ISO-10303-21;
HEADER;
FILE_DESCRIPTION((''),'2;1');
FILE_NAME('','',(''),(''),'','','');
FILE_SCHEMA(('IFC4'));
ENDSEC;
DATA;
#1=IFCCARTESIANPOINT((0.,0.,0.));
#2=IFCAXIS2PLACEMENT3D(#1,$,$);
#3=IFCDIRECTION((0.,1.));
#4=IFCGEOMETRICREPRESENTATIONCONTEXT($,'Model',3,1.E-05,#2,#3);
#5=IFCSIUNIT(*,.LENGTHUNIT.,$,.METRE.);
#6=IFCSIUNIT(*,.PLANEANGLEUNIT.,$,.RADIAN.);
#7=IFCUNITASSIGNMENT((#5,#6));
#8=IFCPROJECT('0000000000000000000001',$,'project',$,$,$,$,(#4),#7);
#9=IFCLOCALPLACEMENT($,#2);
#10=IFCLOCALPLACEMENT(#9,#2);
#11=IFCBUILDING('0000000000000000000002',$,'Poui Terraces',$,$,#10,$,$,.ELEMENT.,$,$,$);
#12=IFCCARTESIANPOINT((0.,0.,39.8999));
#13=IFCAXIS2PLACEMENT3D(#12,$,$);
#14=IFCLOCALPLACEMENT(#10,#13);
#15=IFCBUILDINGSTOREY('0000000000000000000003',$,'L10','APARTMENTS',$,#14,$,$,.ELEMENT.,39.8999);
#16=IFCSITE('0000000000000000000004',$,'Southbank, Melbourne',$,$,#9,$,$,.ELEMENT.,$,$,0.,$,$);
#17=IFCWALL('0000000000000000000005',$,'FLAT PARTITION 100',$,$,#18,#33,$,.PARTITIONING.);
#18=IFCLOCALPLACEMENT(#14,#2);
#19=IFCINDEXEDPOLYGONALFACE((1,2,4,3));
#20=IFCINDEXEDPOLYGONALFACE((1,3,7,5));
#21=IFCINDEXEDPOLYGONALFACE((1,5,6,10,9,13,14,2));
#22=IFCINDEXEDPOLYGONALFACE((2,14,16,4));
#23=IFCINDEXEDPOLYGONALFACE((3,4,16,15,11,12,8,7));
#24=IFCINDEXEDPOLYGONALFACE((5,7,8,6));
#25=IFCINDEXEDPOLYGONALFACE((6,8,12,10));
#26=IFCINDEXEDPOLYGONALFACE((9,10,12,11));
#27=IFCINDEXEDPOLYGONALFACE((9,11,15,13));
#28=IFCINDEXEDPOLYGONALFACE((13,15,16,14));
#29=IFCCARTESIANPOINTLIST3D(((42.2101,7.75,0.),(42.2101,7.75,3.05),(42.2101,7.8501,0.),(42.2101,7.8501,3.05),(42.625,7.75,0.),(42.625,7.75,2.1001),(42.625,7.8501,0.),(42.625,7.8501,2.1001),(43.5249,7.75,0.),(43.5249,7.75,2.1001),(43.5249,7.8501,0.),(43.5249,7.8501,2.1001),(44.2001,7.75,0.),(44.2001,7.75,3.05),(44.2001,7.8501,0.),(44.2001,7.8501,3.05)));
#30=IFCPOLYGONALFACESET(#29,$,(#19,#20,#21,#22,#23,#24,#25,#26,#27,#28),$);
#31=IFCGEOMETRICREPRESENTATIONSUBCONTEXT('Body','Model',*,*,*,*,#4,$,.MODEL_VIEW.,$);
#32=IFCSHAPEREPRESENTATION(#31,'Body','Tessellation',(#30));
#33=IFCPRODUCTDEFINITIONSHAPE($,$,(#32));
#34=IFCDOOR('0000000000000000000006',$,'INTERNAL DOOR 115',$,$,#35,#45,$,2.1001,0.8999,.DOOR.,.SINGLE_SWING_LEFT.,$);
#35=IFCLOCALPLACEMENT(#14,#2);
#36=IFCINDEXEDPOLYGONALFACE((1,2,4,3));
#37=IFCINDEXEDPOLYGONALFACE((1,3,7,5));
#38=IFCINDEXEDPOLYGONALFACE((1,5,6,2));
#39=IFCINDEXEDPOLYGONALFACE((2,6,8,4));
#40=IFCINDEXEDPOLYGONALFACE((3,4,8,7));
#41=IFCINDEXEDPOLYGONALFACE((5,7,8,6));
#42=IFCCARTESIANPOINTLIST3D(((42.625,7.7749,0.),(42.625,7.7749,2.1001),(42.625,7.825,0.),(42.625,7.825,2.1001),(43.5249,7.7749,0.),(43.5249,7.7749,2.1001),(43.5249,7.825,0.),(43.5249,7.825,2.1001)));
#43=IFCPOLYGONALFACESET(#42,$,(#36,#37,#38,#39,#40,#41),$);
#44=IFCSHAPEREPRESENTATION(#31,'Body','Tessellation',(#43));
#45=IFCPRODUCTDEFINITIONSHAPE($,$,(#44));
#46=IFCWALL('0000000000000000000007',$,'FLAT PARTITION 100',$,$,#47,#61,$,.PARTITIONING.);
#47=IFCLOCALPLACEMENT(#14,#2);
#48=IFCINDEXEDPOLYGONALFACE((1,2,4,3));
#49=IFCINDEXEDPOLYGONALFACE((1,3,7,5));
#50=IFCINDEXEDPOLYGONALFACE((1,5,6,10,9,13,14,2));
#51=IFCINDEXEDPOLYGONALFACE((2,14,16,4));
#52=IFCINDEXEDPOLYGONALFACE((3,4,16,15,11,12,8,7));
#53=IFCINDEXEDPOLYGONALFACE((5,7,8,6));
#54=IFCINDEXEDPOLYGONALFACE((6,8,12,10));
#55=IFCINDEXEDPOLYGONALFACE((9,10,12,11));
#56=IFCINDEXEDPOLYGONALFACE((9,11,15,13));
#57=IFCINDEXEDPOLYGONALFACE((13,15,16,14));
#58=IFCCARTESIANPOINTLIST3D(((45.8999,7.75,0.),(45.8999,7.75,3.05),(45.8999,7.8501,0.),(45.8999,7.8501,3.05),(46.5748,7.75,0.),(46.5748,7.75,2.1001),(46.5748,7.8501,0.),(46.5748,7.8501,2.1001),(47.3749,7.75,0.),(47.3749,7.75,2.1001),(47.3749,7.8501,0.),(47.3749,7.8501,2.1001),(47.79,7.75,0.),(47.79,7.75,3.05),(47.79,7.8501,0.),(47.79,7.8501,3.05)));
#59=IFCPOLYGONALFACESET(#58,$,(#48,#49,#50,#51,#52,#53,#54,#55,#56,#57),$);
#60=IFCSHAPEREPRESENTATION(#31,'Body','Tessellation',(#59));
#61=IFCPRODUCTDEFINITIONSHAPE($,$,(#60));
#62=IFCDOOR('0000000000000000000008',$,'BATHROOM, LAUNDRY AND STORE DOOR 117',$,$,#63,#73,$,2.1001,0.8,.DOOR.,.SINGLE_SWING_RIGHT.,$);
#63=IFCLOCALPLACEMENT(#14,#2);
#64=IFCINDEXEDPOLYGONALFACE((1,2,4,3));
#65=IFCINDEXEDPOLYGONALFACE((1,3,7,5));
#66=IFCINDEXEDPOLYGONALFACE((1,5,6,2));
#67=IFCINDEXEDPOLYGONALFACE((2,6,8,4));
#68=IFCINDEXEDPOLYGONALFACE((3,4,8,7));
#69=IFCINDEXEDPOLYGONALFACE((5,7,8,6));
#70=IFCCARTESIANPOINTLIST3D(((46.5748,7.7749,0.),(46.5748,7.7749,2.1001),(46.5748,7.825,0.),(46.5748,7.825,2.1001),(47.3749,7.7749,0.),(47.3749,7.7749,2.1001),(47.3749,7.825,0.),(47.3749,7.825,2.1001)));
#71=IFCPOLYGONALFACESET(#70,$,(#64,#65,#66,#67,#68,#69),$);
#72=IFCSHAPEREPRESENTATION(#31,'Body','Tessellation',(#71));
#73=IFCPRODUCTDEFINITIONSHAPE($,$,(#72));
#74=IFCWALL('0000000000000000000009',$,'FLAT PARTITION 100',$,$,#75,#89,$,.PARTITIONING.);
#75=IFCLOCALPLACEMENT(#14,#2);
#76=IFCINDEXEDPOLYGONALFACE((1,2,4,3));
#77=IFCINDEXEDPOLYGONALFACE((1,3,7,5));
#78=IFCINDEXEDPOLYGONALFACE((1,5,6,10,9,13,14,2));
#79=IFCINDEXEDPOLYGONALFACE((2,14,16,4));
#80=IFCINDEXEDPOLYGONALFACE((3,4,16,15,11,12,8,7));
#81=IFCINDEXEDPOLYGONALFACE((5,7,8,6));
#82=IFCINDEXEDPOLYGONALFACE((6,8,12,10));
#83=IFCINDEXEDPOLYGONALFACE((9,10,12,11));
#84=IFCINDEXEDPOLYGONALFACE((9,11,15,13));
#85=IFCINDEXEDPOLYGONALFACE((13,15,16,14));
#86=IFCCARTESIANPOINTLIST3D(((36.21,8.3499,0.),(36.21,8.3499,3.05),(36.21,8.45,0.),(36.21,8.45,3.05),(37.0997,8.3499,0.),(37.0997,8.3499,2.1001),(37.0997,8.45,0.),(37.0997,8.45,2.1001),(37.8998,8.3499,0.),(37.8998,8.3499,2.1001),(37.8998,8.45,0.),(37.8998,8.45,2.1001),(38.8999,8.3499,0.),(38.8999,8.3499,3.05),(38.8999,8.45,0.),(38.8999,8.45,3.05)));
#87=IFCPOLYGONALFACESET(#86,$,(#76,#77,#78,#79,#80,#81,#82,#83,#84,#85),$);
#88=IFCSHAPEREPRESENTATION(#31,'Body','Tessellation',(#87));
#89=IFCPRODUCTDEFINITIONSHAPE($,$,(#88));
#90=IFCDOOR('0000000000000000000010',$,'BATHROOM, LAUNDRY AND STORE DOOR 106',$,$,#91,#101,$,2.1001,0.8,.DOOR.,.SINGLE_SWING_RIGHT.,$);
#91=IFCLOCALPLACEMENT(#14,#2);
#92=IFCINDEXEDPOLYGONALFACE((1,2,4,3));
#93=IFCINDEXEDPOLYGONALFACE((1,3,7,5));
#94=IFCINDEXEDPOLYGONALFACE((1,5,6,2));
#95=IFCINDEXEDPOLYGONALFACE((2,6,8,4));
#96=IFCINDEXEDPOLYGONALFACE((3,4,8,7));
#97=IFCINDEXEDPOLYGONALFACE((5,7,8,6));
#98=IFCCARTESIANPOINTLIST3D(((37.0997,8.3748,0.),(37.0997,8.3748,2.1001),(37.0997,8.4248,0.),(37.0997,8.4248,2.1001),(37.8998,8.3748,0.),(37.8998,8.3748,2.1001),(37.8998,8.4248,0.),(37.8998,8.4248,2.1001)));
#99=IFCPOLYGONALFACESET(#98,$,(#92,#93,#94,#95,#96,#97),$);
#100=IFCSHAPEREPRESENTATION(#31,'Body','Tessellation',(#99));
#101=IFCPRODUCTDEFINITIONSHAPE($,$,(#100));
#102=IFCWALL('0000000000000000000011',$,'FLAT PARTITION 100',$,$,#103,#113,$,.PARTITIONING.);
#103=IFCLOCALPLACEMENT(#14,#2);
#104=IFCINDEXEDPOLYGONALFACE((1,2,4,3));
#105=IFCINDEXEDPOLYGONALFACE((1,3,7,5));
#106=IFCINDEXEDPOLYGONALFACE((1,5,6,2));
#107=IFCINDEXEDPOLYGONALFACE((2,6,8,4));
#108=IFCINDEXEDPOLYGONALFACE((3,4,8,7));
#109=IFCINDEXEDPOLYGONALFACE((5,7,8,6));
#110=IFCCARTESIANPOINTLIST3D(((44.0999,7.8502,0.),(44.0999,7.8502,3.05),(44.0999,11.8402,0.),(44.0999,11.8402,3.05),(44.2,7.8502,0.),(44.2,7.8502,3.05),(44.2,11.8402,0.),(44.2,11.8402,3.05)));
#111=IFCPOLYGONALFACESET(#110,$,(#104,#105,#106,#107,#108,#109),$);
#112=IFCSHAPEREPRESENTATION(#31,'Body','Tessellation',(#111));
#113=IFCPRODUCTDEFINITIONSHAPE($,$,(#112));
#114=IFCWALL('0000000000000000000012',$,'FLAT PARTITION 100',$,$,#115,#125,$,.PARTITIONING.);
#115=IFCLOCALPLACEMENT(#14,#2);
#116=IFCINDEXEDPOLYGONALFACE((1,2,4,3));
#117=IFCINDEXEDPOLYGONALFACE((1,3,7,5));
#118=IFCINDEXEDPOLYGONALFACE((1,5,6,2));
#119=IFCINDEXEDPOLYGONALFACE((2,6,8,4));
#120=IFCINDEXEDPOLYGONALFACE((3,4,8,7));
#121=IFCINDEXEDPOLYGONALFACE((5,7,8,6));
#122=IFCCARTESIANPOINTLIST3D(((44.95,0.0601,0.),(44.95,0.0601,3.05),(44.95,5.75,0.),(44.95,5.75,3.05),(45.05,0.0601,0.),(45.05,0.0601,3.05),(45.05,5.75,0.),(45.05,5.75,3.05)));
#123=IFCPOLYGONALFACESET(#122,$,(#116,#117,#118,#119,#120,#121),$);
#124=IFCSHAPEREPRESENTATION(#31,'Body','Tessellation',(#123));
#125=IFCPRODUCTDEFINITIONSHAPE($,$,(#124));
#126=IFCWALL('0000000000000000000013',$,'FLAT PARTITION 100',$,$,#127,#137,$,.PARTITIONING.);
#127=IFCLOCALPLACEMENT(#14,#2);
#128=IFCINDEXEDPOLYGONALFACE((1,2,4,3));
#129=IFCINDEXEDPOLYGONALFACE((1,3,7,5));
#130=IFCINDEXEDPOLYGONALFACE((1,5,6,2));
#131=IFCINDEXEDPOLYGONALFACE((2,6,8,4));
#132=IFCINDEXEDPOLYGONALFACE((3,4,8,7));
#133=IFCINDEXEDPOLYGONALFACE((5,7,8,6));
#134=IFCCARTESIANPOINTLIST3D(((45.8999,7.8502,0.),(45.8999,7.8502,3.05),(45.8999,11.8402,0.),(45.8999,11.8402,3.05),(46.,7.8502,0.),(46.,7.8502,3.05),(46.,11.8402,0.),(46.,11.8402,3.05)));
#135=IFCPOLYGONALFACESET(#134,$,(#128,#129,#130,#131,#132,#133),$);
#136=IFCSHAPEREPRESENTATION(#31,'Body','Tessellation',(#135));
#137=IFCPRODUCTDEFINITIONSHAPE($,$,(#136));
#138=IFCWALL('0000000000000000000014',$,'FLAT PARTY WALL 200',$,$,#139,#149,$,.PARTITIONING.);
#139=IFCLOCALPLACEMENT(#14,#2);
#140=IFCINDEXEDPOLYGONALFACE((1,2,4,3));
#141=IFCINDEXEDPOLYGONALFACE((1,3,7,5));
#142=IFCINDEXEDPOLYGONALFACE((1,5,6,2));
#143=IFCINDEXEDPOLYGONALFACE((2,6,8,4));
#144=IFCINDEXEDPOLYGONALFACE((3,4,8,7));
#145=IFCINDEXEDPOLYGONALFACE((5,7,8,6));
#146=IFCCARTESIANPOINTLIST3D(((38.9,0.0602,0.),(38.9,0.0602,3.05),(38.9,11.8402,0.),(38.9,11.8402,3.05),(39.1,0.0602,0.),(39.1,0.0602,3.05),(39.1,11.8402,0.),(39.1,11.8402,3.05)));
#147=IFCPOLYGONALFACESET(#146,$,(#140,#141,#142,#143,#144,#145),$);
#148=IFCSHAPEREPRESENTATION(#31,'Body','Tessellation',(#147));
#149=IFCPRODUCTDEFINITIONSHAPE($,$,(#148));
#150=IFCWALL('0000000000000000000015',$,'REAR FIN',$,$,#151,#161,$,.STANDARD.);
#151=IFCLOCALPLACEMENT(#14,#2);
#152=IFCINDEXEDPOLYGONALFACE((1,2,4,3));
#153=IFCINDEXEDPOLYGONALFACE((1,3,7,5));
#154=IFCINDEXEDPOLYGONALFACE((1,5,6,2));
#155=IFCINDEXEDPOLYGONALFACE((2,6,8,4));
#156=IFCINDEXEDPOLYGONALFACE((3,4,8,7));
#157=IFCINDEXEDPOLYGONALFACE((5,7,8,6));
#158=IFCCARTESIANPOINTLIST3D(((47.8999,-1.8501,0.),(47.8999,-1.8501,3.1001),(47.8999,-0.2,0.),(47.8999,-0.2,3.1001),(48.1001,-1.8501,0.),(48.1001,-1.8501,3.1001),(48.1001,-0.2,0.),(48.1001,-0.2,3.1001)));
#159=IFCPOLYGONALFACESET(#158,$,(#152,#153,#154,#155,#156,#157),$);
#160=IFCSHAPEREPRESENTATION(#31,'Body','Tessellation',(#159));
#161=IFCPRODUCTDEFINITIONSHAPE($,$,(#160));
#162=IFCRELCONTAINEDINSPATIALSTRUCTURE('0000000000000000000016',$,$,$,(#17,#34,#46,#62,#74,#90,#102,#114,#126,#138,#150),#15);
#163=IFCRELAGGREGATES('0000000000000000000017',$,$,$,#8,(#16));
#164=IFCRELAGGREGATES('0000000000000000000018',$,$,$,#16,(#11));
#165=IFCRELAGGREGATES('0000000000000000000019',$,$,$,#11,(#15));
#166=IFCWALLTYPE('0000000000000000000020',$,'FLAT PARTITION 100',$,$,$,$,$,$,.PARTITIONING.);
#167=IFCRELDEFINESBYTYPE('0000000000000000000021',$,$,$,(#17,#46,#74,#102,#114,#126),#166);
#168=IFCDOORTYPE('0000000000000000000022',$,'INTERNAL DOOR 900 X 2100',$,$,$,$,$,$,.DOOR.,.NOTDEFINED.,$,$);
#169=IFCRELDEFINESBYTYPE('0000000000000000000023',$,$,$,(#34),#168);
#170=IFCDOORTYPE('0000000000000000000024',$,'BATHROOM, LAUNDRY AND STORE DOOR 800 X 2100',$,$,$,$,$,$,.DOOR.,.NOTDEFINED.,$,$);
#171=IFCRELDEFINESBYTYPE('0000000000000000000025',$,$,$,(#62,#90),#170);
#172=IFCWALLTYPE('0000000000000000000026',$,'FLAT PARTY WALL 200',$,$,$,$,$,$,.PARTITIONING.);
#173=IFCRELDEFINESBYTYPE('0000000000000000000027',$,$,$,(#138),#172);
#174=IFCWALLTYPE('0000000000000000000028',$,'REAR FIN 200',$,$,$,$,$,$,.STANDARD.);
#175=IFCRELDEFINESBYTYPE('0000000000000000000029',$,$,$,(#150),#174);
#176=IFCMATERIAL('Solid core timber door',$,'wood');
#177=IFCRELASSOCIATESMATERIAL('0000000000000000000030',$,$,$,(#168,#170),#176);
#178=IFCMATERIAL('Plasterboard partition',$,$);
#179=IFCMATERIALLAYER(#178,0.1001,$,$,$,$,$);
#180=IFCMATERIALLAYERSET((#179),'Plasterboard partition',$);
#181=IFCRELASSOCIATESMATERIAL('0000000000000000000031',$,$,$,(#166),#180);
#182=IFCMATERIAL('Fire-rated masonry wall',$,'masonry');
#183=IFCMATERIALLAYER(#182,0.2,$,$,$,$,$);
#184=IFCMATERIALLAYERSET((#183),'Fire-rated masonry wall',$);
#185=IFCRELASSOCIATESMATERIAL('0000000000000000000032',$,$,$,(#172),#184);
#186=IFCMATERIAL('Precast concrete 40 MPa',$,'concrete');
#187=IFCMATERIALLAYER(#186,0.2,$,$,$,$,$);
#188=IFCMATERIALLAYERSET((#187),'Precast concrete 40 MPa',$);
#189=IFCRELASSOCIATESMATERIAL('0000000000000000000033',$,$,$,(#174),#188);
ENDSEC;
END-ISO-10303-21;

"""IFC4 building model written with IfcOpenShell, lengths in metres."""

from ifc_helpers import new_model, si_unit, direction, frame, frame_2d, origin, place, context, subcontext, project, spatial, polyline, rectangle, outline, extrude, source, transform, mapped, material, layer, layer_set, type_object, element, fill, save


model = new_model("IFC4")

# Units and contexts
model_context = context("Model", 3, precision=1e-05, world=origin(), true_north=direction((0.0, 1.0)))
body_context = subcontext(model_context, "Body", "Model", "MODEL_VIEW")
ifc_project = project(units=[si_unit("LENGTHUNIT", "METRE"), si_unit("PLANEANGLEUNIT", "RADIAN")], contexts=[model_context])

# Site, building, storey
site_placement = place(None, origin())
site = spatial("IfcSite", under=ifc_project, at=site_placement, Name="Southbank, Melbourne", CompositionType="ELEMENT", RefElevation=0.0)
building_placement = place(site_placement, origin())
building = spatial("IfcBuilding", under=site, at=building_placement, Name="Poui Terraces", CompositionType="ELEMENT")
storey_placement = place(building_placement, frame((0.0, 0.0, 39.8999)))
storey = spatial("IfcBuildingStorey", under=building, at=storey_placement, Name="L10", Description="APARTMENTS", CompositionType="ELEMENT", Elevation=39.8999)

# Walls, openings, doors
ifc_material_1 = material(Name="Solid core timber door", Category="wood")
door_type_1 = type_object("IfcDoorType", Name="INTERNAL DOOR 900 X 2100", OperationType="NOTDEFINED", PredefinedType="DOOR", material=ifc_material_1)
ifc_material_2 = material(Name="Plasterboard partition")
ifc_layer_1 = layer(ifc_material_2, 0.1001)
ifc_layer_set_1 = layer_set([ifc_layer_1], Name="Plasterboard partition")
wall_type_1 = type_object("IfcWallType", Name="FLAT PARTITION 100", PredefinedType="PARTITIONING", material=ifc_layer_set_1)
door_type_2 = type_object("IfcDoorType", Name="BATHROOM, LAUNDRY AND STORE DOOR 800 X 2100", OperationType="NOTDEFINED", PredefinedType="DOOR", material=ifc_material_1)
wall_1_placement = place(storey_placement, frame((42.21, 7.8, 0.0), z_axis=(0.0, 0.0, 1.0), x_axis=(1.0, 0.0, 0.0)))
wall_1 = element("IfcWall", 1, at=wall_1_placement, inside=storey, type_object=wall_type_1, Name="FLAT PARTITION 100", PredefinedType="PARTITIONING", context=body_context, shape_type="SweptSolid", body=[
    extrude(rectangle(XDim=1.99, YDim=0.1001, at=frame_2d((0.9951, 0.0))), origin(), (0.0, 0.0, 1.0), 3.05),
])
opening_1_placement = place(wall_1_placement, frame((0.415, 0.0, 0.0)))
opening_1 = element("IfcOpeningElement", 2, at=opening_1_placement, cuts=wall_1, PredefinedType="OPENING", context=body_context, shape_type="SweptSolid", body=[
    extrude(rectangle(XDim=0.8999, YDim=2.1001, at=frame_2d((0.45, 1.05))), frame((0.0, 0.0601, 0.0), z_axis=(0.0, -1.0, 0.0), x_axis=(1.0, 0.0, 0.0)), (0.0, 0.0, 1.0), 0.1201),
])
door_1_placement = place(opening_1_placement, origin())
door_1 = element("IfcDoor", 3, at=door_1_placement, inside=storey, type_object=door_type_1, Name="INTERNAL DOOR 115", OperationType="SINGLE_SWING_LEFT", OverallHeight=2.1001, OverallWidth=0.8999, PredefinedType="DOOR", context=body_context, shape_type="SweptSolid", body=[
    extrude(rectangle(XDim=0.8999, YDim=2.1001, at=frame_2d((0.45, 1.05))), frame((0.0, 0.0249, 0.0), z_axis=(0.0, -1.0, 0.0), x_axis=(1.0, 0.0, 0.0)), (0.0, 0.0, 1.0), 0.05),
])
fill(opening_1, door_1)
wall_2_placement = place(storey_placement, frame((45.8999, 7.8, 0.0), z_axis=(0.0, 0.0, 1.0), x_axis=(1.0, 0.0, 0.0)))
wall_2 = element("IfcWall", 4, at=wall_2_placement, inside=storey, type_object=wall_type_1, Name="FLAT PARTITION 100", PredefinedType="PARTITIONING", context=body_context, shape_type="SweptSolid", body=[
    extrude(rectangle(XDim=1.8901, YDim=0.1001, at=frame_2d((0.9451, 0.0))), origin(), (0.0, 0.0, 1.0), 3.05),
])
opening_2_placement = place(wall_2_placement, frame((0.675, 0.0, 0.0)))
opening_2 = element("IfcOpeningElement", 5, at=opening_2_placement, cuts=wall_2, PredefinedType="OPENING", context=body_context, shape_type="SweptSolid", body=[
    extrude(rectangle(XDim=0.8, YDim=2.1001, at=frame_2d((0.3999, 1.05))), frame((0.0, 0.0601, 0.0), z_axis=(0.0, -1.0, 0.0), x_axis=(1.0, 0.0, 0.0)), (0.0, 0.0, 1.0), 0.1201),
])
door_2_placement = place(opening_2_placement, origin())
door_2 = element("IfcDoor", 6, at=door_2_placement, inside=storey, type_object=door_type_2, Name="BATHROOM, LAUNDRY AND STORE DOOR 117", OperationType="SINGLE_SWING_RIGHT", OverallHeight=2.1001, OverallWidth=0.8, PredefinedType="DOOR", context=body_context, shape_type="SweptSolid", body=[
    extrude(rectangle(XDim=0.8, YDim=2.1001, at=frame_2d((0.3999, 1.05))), frame((0.0, 0.0249, 0.0), z_axis=(0.0, -1.0, 0.0), x_axis=(1.0, 0.0, 0.0)), (0.0, 0.0, 1.0), 0.05),
])
fill(opening_2, door_2)
wall_3_placement = place(storey_placement, frame((36.21, 8.3999, 0.0), z_axis=(0.0, 0.0, 1.0), x_axis=(1.0, 0.0, 0.0)))
wall_3 = element("IfcWall", 7, at=wall_3_placement, inside=storey, type_object=wall_type_1, Name="FLAT PARTITION 100", PredefinedType="PARTITIONING", context=body_context, shape_type="SweptSolid", body=[
    extrude(rectangle(XDim=2.6899, YDim=0.1001, at=frame_2d((1.345, 0.0))), origin(), (0.0, 0.0, 1.0), 3.05),
])
opening_3_placement = place(wall_3_placement, frame((0.8899, 0.0, 0.0)))
opening_3 = element("IfcOpeningElement", 8, at=opening_3_placement, cuts=wall_3, PredefinedType="OPENING", context=body_context, shape_type="SweptSolid", body=[
    extrude(rectangle(XDim=0.8, YDim=2.1001, at=frame_2d((0.3999, 1.05))), frame((0.0, 0.0601, 0.0), z_axis=(0.0, -1.0, 0.0), x_axis=(1.0, 0.0, 0.0)), (0.0, 0.0, 1.0), 0.1201),
])
door_3_placement = place(opening_3_placement, origin())
door_3 = element("IfcDoor", 9, at=door_3_placement, inside=storey, type_object=door_type_2, Name="BATHROOM, LAUNDRY AND STORE DOOR 106", OperationType="SINGLE_SWING_RIGHT", OverallHeight=2.1001, OverallWidth=0.8, PredefinedType="DOOR", context=body_context, shape_type="SweptSolid", body=[
    extrude(rectangle(XDim=0.8, YDim=2.1001, at=frame_2d((0.3999, 1.05))), frame((0.0, 0.0249, 0.0), z_axis=(0.0, -1.0, 0.0), x_axis=(1.0, 0.0, 0.0)), (0.0, 0.0, 1.0), 0.05),
])
fill(opening_3, door_3)

# Walls
wall_4_placement = place(storey_placement, frame((44.1499, 7.8501, 0.0), z_axis=(0.0, 0.0, 1.0), x_axis=(0.0, 1.0, 0.0)))
element("IfcWall", 10, at=wall_4_placement, inside=storey, type_object=wall_type_1, Name="FLAT PARTITION 100", PredefinedType="PARTITIONING", context=body_context, shape_type="SweptSolid", body=[
    extrude(rectangle(XDim=3.99, YDim=0.1001, at=frame_2d((1.9951, 0.0))), origin(), (0.0, 0.0, 1.0), 3.05),
])
wall_5_placement = place(storey_placement, frame((45.0, 0.0601, 0.0), z_axis=(0.0, 0.0, 1.0), x_axis=(0.0, 1.0, 0.0)))
element("IfcWall", 11, at=wall_5_placement, inside=storey, type_object=wall_type_1, Name="FLAT PARTITION 100", PredefinedType="PARTITIONING", context=body_context, shape_type="SweptSolid", body=[
    extrude(rectangle(XDim=5.6899, YDim=0.1001, at=frame_2d((2.845, 0.0))), origin(), (0.0, 0.0, 1.0), 3.05),
])
wall_6_placement = place(storey_placement, frame((45.95, 7.8501, 0.0), z_axis=(0.0, 0.0, 1.0), x_axis=(0.0, 1.0, 0.0)))
element("IfcWall", 12, at=wall_6_placement, inside=storey, type_object=wall_type_1, Name="FLAT PARTITION 100", PredefinedType="PARTITIONING", context=body_context, shape_type="SweptSolid", body=[
    extrude(rectangle(XDim=3.99, YDim=0.1001, at=frame_2d((1.9951, 0.0))), origin(), (0.0, 0.0, 1.0), 3.05),
])
ifc_material_3 = material(Name="Fire-rated masonry wall", Category="masonry")
ifc_layer_2 = layer(ifc_material_3, 0.2)
ifc_layer_set_2 = layer_set([ifc_layer_2], Name="Fire-rated masonry wall")
wall_type_2 = type_object("IfcWallType", Name="FLAT PARTY WALL 200", PredefinedType="PARTITIONING", material=ifc_layer_set_2)
wall_7_placement = place(storey_placement, frame((39.0, 0.0601, 0.0), z_axis=(0.0, 0.0, 1.0), x_axis=(0.0, 1.0, 0.0)))
element("IfcWall", 13, at=wall_7_placement, inside=storey, type_object=wall_type_2, Name="FLAT PARTY WALL 200", PredefinedType="PARTITIONING", context=body_context, shape_type="SweptSolid", body=[
    extrude(rectangle(XDim=11.78, YDim=0.2, at=frame_2d((5.8901, 0.0))), origin(), (0.0, 0.0, 1.0), 3.05),
])
ifc_material_4 = material(Name="Precast concrete 40 MPa", Category="concrete")
ifc_layer_3 = layer(ifc_material_4, 0.2)
ifc_layer_set_3 = layer_set([ifc_layer_3], Name="Precast concrete 40 MPa")
wall_type_3 = type_object("IfcWallType", Name="REAR FIN 200", PredefinedType="STANDARD", material=ifc_layer_set_3)
shared_shape_1 = source(origin(), body_context, "Body", "SweptSolid", [
    extrude(outline(polyline([(0.0, 0.0), (0.2002, 0.0), (0.2002, 1.6501), (0.0, 1.6501), (0.0, 0.0)])), origin(), (0.0, 0.0, 1.0), 3.1001),
])
wall_8_placement = place(storey_placement, frame((47.8999, -1.8501, 0.0)))
element("IfcWall", 14, at=wall_8_placement, inside=storey, type_object=wall_type_3, Name="REAR FIN", PredefinedType="STANDARD", context=body_context, shape_type="MappedRepresentation", body=[
    mapped(shared_shape_1, transform((0.0, 0.0, 0.0))),
])

save(model, "model.ifc")
